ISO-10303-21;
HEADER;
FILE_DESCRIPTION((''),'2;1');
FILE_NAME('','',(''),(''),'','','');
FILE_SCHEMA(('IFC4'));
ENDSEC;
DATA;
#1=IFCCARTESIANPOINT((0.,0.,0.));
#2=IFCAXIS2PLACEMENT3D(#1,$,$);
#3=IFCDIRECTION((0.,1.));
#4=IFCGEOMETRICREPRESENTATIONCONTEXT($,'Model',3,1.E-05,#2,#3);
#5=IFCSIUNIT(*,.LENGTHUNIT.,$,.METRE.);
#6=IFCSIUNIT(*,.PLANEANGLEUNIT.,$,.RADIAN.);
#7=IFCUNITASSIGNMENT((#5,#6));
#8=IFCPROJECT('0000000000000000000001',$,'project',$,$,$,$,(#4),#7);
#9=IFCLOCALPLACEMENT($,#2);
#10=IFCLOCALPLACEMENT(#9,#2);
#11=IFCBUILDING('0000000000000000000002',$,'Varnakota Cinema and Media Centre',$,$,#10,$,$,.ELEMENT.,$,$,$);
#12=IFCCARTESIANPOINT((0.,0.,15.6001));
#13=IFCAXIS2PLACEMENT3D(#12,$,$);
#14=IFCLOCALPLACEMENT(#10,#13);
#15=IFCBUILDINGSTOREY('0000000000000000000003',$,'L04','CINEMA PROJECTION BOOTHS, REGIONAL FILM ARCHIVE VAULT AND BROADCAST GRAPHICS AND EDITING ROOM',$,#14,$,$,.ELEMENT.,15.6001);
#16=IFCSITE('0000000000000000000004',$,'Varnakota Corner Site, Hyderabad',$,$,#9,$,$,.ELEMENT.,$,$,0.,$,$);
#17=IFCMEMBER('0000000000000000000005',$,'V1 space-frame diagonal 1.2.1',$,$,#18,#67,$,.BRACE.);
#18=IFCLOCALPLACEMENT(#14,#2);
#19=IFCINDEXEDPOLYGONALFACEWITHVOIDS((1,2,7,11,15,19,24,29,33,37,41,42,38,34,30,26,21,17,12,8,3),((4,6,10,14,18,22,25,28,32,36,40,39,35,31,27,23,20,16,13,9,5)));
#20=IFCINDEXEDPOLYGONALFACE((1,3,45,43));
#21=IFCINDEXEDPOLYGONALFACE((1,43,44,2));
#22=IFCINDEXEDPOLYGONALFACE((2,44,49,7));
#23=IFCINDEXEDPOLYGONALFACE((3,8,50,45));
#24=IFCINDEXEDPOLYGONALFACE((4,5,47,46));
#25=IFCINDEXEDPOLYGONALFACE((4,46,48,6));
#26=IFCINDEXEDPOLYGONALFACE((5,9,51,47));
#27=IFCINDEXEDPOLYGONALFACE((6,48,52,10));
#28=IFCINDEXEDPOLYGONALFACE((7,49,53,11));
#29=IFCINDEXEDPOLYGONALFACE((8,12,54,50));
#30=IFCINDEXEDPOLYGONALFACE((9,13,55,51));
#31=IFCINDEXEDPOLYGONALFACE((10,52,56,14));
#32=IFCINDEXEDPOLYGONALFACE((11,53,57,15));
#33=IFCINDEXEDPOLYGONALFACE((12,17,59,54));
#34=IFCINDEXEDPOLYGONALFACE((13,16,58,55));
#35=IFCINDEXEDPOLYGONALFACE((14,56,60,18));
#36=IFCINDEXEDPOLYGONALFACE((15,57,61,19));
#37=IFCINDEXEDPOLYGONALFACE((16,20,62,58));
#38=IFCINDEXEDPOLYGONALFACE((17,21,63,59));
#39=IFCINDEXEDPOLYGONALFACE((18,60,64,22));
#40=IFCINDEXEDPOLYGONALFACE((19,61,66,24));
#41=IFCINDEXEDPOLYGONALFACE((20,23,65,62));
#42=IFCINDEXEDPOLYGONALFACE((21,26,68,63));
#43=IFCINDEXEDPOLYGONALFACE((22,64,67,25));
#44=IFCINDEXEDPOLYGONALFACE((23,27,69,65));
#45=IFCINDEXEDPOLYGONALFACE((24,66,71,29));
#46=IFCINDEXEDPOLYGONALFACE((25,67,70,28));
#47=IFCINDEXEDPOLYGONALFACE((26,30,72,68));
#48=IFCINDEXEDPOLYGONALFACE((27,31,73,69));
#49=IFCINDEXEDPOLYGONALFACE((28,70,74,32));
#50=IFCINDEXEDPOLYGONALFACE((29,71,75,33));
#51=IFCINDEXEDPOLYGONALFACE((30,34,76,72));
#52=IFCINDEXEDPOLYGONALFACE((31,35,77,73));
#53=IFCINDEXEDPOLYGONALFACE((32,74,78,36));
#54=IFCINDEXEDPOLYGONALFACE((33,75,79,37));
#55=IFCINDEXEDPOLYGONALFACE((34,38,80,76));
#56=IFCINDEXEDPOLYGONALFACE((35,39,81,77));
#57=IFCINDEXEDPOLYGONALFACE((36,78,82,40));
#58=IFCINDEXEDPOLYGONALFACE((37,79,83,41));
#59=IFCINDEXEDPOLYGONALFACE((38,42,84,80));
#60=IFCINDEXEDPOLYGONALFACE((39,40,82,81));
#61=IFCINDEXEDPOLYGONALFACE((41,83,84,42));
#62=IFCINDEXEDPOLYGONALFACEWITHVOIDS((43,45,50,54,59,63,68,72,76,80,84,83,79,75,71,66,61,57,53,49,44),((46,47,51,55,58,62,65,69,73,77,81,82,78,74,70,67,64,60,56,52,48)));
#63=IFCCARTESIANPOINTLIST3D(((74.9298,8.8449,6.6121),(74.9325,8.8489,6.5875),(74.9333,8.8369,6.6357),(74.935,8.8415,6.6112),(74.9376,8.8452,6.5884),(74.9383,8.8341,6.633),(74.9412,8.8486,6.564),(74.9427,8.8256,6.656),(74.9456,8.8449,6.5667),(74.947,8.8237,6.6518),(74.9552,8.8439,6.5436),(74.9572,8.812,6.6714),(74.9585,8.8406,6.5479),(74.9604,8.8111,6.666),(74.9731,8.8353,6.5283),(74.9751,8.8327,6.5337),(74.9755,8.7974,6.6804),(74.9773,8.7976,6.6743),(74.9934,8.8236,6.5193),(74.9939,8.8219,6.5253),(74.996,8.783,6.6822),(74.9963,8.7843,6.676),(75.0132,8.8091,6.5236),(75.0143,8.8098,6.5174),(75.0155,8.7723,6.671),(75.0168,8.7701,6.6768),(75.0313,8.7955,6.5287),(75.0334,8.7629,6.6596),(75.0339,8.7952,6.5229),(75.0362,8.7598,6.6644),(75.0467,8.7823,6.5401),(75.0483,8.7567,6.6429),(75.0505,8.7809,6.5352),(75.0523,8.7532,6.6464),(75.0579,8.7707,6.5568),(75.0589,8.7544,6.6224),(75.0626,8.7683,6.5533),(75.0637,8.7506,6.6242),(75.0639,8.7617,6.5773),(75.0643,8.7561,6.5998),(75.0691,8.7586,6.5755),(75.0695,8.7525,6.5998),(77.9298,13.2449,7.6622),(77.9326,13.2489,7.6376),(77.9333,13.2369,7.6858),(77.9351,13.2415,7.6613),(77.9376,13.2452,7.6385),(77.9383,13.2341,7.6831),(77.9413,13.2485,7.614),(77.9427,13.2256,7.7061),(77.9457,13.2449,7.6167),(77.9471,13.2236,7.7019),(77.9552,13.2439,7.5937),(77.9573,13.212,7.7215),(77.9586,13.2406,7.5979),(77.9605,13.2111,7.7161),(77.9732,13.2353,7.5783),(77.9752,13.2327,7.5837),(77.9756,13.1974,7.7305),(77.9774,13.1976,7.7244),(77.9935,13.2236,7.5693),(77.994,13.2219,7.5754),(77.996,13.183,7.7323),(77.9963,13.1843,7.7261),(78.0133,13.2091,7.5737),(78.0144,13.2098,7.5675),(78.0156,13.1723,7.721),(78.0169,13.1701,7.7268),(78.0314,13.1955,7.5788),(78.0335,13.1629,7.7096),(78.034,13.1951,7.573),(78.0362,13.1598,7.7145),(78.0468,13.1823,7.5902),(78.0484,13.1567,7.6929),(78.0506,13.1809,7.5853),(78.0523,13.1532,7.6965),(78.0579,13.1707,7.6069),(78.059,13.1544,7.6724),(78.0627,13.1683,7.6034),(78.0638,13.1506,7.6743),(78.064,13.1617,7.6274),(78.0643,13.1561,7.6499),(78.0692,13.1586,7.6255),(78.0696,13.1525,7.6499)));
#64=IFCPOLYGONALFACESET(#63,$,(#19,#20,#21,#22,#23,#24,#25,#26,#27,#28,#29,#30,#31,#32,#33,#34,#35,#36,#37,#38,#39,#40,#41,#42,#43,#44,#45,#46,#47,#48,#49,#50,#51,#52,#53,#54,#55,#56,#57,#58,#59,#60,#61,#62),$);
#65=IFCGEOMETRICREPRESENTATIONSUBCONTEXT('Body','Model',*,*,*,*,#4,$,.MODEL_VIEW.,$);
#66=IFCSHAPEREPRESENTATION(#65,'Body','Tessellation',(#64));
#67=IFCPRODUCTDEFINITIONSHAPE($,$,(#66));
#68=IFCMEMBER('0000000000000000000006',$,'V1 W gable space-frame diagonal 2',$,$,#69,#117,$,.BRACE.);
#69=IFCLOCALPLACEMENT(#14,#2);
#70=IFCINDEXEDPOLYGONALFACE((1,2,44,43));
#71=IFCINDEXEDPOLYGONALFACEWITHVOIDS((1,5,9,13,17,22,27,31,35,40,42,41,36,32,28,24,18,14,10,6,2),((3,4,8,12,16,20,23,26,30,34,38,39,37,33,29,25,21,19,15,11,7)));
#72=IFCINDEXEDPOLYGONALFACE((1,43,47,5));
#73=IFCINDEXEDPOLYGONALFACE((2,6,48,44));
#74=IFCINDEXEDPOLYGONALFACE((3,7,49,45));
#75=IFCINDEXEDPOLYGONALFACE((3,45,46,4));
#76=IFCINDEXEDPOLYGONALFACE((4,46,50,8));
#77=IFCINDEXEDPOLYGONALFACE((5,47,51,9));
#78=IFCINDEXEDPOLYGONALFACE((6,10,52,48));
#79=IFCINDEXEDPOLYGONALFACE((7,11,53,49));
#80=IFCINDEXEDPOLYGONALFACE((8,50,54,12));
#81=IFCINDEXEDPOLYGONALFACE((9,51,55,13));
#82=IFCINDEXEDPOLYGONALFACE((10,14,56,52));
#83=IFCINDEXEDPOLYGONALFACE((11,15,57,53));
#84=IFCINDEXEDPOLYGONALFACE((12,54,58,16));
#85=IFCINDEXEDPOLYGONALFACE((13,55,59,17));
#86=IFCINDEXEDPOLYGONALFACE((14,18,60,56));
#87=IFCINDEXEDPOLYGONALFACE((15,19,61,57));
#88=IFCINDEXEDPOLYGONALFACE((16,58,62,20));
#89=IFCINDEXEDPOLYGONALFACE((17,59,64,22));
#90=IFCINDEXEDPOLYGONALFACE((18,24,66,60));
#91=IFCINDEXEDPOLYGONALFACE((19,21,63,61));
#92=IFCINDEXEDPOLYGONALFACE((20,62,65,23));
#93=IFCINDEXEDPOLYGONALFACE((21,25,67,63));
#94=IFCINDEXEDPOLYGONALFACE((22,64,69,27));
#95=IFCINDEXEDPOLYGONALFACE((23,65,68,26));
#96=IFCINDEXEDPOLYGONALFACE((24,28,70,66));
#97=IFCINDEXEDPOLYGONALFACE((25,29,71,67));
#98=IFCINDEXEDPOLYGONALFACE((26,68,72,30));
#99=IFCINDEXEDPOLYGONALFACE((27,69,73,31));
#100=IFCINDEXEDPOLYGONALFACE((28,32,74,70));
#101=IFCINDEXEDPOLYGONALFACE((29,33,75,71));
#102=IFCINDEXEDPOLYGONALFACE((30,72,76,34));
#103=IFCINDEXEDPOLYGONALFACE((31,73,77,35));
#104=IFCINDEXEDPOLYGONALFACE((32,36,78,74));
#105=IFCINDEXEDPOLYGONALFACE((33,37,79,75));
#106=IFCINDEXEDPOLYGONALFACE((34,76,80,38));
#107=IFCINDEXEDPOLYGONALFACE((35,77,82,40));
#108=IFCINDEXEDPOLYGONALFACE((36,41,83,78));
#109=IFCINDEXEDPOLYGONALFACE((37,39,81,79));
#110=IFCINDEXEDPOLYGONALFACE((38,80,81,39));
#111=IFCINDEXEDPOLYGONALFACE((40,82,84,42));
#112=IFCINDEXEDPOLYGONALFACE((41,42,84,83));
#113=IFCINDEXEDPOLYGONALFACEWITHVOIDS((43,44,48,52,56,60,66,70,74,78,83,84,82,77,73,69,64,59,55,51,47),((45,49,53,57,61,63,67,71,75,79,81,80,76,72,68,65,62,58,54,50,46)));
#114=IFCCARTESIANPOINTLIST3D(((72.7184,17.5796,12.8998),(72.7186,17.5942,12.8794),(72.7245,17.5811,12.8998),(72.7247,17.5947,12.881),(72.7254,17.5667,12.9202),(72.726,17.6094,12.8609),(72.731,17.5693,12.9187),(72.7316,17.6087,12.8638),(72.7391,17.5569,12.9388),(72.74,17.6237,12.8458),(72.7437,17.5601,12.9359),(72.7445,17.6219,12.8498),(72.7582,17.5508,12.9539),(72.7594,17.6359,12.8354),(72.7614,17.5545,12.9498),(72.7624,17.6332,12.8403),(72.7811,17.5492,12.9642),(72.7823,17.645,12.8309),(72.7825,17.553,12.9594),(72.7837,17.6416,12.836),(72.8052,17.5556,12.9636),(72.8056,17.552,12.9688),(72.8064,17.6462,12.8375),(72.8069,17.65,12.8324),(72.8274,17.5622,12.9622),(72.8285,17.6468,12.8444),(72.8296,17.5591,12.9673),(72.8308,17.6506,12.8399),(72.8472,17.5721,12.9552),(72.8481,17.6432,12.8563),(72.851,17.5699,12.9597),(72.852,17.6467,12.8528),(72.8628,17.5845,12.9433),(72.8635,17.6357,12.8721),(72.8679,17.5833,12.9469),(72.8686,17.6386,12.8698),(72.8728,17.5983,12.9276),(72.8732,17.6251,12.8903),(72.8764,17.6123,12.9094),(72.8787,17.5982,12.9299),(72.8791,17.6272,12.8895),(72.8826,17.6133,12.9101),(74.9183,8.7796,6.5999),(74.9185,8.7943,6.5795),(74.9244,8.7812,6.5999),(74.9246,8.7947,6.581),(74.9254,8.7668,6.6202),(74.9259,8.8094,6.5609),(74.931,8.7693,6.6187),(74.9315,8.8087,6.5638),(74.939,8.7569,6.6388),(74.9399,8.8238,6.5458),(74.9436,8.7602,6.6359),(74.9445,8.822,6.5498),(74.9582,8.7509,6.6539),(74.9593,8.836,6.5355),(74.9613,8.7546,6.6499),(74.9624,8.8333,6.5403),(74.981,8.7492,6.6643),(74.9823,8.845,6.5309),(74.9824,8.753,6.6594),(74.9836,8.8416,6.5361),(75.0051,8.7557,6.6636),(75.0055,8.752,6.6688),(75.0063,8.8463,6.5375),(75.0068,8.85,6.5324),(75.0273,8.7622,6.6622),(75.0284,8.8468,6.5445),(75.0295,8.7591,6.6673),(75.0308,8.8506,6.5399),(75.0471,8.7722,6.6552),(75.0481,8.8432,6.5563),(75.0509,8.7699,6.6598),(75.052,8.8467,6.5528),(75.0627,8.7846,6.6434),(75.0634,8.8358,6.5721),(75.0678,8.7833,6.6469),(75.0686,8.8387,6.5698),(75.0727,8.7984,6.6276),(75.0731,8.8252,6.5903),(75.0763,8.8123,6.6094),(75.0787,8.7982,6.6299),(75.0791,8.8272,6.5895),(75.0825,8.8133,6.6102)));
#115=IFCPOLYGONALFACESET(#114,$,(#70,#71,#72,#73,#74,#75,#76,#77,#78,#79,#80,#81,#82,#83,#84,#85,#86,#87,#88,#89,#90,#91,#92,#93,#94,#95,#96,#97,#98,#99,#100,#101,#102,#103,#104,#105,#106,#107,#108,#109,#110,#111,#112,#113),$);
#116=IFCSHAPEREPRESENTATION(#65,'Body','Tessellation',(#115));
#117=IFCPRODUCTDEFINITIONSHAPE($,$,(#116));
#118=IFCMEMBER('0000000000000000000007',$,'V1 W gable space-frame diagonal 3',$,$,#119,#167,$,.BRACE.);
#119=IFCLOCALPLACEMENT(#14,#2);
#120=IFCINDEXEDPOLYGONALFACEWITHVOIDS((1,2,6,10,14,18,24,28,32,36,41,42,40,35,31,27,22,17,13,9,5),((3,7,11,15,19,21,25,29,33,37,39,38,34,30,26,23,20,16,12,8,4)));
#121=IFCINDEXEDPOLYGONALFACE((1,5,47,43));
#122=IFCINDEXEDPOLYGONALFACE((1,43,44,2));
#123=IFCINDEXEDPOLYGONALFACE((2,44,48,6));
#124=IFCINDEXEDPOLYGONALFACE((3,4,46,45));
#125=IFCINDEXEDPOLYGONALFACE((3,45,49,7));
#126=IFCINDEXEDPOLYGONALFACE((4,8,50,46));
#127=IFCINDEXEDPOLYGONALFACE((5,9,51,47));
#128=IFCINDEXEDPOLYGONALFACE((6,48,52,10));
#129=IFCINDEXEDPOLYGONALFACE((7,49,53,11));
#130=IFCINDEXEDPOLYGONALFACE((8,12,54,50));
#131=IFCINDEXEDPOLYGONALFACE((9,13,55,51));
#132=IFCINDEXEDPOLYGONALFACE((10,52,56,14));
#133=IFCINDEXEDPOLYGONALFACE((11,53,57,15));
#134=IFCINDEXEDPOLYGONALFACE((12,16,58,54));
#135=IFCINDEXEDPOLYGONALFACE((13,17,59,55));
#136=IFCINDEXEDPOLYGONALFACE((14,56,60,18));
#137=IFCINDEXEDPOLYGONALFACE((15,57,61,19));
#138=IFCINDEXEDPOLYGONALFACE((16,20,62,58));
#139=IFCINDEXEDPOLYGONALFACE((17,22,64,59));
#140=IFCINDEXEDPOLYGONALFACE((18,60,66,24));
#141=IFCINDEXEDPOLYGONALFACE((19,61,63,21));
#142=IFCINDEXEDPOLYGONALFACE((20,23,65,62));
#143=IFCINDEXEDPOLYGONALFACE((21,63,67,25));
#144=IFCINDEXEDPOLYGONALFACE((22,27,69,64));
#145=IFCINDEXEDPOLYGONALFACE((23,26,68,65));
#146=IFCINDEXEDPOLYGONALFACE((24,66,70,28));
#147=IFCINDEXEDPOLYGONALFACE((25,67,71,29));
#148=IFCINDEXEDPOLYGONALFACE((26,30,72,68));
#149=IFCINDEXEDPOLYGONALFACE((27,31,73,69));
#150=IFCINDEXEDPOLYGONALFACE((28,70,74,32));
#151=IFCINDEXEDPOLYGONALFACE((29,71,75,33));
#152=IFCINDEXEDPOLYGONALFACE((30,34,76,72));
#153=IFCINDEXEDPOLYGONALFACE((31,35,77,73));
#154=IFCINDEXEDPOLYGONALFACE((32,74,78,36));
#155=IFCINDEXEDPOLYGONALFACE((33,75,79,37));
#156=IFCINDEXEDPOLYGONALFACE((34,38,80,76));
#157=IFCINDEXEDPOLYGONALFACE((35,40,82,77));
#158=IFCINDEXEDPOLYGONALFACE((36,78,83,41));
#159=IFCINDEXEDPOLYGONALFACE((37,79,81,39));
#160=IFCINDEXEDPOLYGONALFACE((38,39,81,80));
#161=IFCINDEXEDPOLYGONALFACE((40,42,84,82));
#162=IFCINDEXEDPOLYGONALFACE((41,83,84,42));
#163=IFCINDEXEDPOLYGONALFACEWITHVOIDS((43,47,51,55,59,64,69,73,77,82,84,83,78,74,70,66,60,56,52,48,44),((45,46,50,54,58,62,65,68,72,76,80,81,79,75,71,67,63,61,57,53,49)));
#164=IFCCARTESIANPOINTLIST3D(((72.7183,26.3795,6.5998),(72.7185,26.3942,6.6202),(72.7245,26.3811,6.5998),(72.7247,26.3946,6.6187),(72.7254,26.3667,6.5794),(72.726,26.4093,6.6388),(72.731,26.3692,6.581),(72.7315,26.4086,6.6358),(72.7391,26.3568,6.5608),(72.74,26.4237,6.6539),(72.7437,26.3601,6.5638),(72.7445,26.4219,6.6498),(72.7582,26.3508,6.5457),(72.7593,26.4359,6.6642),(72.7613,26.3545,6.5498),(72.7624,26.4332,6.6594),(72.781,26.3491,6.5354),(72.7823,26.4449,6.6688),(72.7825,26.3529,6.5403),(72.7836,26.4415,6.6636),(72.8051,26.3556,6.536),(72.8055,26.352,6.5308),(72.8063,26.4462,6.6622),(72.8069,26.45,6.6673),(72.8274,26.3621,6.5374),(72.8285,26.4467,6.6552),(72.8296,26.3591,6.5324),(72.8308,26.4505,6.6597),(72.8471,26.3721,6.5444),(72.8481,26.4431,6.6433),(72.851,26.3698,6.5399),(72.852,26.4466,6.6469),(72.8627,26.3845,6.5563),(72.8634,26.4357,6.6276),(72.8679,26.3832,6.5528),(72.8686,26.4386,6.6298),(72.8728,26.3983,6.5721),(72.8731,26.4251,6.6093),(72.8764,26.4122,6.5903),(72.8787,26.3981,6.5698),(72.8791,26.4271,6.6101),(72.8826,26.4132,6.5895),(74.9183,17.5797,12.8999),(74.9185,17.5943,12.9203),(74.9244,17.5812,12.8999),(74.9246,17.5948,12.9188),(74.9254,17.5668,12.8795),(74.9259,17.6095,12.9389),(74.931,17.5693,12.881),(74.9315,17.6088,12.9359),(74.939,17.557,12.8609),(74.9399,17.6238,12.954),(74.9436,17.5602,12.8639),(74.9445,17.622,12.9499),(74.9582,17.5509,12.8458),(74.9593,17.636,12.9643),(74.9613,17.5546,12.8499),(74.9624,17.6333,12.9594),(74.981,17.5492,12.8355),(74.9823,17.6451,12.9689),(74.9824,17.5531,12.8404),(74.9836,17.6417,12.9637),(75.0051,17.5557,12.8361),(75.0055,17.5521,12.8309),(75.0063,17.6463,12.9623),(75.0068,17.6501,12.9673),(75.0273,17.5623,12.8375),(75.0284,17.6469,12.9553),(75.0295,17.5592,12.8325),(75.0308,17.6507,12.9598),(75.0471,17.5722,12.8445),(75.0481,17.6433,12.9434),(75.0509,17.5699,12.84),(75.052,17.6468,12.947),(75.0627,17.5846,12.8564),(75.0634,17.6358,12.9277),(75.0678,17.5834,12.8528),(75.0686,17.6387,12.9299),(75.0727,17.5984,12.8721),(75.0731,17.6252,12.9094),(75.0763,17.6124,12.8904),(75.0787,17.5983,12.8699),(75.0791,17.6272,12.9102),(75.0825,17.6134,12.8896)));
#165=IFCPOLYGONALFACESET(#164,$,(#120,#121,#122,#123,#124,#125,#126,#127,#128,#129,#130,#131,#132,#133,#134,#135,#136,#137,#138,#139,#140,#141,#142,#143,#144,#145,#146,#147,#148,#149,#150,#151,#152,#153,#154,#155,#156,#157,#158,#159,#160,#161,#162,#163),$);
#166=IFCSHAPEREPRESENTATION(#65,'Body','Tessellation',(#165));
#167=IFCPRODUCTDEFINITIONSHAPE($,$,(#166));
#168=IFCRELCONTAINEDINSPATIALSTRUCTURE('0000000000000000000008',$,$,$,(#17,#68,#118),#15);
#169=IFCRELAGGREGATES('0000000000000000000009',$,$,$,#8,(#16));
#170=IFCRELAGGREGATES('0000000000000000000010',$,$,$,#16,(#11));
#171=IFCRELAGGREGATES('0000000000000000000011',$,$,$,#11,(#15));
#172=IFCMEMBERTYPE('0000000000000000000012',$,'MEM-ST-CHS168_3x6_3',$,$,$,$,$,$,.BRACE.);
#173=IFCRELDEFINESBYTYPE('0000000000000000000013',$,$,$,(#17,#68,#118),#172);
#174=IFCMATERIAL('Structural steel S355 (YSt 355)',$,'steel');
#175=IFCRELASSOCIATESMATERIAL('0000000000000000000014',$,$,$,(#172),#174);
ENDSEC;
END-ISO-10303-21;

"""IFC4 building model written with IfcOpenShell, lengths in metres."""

from ifc_helpers import new_model, si_unit, direction, frame, origin, origin_2d, place, context, subcontext, project, spatial, hollow_circle, extrude, material, material_profile, profile_set, type_object, element, save


model = new_model("IFC4")

# Units and contexts
model_context = context("Model", 3, precision=1e-05, world=origin(), true_north=direction((0.0, 1.0)))
body_context = subcontext(model_context, "Body", "Model", "MODEL_VIEW")
ifc_project = project(units=[si_unit("LENGTHUNIT", "METRE"), si_unit("PLANEANGLEUNIT", "RADIAN")], contexts=[model_context])

# Site, building, storey
site_placement = place(None, origin())
site = spatial("IfcSite", under=ifc_project, at=site_placement, Name="Varnakota Corner Site, Hyderabad", CompositionType="ELEMENT", RefElevation=0.0)
building_placement = place(site_placement, origin())
building = spatial("IfcBuilding", under=site, at=building_placement, Name="Varnakota Cinema and Media Centre", CompositionType="ELEMENT")
storey_placement = place(building_placement, frame((0.0, 0.0, 15.6001)))
storey = spatial("IfcBuildingStorey", under=building, at=storey_placement, Name="L04", Description="CINEMA PROJECTION BOOTHS, REGIONAL FILM ARCHIVE VAULT AND BROADCAST GRAPHICS AND EDITING ROOM", CompositionType="ELEMENT", Elevation=15.6001)

# Members
ifc_material_1 = material(Name="Structural steel S355 (YSt 355)", Category="steel")
ifc_material_profile_1 = material_profile(ifc_material_1, hollow_circle(Radius=0.0842, WallThickness=0.0063, at=origin_2d()), Name="CHS 168.3x6.3")
ifc_profile_set_1 = profile_set([ifc_material_profile_1], Name="Structural steel S355 (YSt 355)")
member_type_1 = type_object("IfcMemberType", Name="MEM-ST-CHS168_3x6_3", PredefinedType="BRACE", material=ifc_profile_set_1)
member_1_placement = place(storey_placement, frame((78.0, 13.2, 7.6499), z_axis=(-0.552703, -0.810613, -0.193455), x_axis=(0.826222, -0.563345, 0.0)))
element("IfcMember", 1, at=member_1_placement, inside=storey, type_object=member_type_1, Name="V1 space-frame diagonal 1.2.1", PredefinedType="BRACE", context=body_context, shape_type="SweptSolid", body=[
    extrude(hollow_circle(Radius=0.0842, WallThickness=0.0063, at=origin_2d()), origin(), (0.0, 0.0, 1.0), 5.428),
])
for number, where, z_axis, x_axis, name in (
    (2, (75.0, 8.8, 6.5999), (-0.199198, 0.796813, 0.570447), (-0.970144, -0.242529, 0.0), "V1 W gable space-frame diagonal 2"),
    (3, (75.0, 17.6001, 12.8999), (-0.199201, 0.796805, -0.570457), (-0.970143, -0.242536, 0.0), "V1 W gable space-frame diagonal 3"),
):
    element("IfcMember", number, at=place(storey_placement, frame(where, z_axis=z_axis, x_axis=x_axis)), inside=storey, type_object=member_type_1, Name=name, PredefinedType="BRACE", context=body_context, shape_type="SweptSolid", body=[
        extrude(hollow_circle(Radius=0.0842, WallThickness=0.0063, at=origin_2d()), origin(), (0.0, 0.0, 1.0), 11.0439),
    ])

save(model, "model.ifc")
